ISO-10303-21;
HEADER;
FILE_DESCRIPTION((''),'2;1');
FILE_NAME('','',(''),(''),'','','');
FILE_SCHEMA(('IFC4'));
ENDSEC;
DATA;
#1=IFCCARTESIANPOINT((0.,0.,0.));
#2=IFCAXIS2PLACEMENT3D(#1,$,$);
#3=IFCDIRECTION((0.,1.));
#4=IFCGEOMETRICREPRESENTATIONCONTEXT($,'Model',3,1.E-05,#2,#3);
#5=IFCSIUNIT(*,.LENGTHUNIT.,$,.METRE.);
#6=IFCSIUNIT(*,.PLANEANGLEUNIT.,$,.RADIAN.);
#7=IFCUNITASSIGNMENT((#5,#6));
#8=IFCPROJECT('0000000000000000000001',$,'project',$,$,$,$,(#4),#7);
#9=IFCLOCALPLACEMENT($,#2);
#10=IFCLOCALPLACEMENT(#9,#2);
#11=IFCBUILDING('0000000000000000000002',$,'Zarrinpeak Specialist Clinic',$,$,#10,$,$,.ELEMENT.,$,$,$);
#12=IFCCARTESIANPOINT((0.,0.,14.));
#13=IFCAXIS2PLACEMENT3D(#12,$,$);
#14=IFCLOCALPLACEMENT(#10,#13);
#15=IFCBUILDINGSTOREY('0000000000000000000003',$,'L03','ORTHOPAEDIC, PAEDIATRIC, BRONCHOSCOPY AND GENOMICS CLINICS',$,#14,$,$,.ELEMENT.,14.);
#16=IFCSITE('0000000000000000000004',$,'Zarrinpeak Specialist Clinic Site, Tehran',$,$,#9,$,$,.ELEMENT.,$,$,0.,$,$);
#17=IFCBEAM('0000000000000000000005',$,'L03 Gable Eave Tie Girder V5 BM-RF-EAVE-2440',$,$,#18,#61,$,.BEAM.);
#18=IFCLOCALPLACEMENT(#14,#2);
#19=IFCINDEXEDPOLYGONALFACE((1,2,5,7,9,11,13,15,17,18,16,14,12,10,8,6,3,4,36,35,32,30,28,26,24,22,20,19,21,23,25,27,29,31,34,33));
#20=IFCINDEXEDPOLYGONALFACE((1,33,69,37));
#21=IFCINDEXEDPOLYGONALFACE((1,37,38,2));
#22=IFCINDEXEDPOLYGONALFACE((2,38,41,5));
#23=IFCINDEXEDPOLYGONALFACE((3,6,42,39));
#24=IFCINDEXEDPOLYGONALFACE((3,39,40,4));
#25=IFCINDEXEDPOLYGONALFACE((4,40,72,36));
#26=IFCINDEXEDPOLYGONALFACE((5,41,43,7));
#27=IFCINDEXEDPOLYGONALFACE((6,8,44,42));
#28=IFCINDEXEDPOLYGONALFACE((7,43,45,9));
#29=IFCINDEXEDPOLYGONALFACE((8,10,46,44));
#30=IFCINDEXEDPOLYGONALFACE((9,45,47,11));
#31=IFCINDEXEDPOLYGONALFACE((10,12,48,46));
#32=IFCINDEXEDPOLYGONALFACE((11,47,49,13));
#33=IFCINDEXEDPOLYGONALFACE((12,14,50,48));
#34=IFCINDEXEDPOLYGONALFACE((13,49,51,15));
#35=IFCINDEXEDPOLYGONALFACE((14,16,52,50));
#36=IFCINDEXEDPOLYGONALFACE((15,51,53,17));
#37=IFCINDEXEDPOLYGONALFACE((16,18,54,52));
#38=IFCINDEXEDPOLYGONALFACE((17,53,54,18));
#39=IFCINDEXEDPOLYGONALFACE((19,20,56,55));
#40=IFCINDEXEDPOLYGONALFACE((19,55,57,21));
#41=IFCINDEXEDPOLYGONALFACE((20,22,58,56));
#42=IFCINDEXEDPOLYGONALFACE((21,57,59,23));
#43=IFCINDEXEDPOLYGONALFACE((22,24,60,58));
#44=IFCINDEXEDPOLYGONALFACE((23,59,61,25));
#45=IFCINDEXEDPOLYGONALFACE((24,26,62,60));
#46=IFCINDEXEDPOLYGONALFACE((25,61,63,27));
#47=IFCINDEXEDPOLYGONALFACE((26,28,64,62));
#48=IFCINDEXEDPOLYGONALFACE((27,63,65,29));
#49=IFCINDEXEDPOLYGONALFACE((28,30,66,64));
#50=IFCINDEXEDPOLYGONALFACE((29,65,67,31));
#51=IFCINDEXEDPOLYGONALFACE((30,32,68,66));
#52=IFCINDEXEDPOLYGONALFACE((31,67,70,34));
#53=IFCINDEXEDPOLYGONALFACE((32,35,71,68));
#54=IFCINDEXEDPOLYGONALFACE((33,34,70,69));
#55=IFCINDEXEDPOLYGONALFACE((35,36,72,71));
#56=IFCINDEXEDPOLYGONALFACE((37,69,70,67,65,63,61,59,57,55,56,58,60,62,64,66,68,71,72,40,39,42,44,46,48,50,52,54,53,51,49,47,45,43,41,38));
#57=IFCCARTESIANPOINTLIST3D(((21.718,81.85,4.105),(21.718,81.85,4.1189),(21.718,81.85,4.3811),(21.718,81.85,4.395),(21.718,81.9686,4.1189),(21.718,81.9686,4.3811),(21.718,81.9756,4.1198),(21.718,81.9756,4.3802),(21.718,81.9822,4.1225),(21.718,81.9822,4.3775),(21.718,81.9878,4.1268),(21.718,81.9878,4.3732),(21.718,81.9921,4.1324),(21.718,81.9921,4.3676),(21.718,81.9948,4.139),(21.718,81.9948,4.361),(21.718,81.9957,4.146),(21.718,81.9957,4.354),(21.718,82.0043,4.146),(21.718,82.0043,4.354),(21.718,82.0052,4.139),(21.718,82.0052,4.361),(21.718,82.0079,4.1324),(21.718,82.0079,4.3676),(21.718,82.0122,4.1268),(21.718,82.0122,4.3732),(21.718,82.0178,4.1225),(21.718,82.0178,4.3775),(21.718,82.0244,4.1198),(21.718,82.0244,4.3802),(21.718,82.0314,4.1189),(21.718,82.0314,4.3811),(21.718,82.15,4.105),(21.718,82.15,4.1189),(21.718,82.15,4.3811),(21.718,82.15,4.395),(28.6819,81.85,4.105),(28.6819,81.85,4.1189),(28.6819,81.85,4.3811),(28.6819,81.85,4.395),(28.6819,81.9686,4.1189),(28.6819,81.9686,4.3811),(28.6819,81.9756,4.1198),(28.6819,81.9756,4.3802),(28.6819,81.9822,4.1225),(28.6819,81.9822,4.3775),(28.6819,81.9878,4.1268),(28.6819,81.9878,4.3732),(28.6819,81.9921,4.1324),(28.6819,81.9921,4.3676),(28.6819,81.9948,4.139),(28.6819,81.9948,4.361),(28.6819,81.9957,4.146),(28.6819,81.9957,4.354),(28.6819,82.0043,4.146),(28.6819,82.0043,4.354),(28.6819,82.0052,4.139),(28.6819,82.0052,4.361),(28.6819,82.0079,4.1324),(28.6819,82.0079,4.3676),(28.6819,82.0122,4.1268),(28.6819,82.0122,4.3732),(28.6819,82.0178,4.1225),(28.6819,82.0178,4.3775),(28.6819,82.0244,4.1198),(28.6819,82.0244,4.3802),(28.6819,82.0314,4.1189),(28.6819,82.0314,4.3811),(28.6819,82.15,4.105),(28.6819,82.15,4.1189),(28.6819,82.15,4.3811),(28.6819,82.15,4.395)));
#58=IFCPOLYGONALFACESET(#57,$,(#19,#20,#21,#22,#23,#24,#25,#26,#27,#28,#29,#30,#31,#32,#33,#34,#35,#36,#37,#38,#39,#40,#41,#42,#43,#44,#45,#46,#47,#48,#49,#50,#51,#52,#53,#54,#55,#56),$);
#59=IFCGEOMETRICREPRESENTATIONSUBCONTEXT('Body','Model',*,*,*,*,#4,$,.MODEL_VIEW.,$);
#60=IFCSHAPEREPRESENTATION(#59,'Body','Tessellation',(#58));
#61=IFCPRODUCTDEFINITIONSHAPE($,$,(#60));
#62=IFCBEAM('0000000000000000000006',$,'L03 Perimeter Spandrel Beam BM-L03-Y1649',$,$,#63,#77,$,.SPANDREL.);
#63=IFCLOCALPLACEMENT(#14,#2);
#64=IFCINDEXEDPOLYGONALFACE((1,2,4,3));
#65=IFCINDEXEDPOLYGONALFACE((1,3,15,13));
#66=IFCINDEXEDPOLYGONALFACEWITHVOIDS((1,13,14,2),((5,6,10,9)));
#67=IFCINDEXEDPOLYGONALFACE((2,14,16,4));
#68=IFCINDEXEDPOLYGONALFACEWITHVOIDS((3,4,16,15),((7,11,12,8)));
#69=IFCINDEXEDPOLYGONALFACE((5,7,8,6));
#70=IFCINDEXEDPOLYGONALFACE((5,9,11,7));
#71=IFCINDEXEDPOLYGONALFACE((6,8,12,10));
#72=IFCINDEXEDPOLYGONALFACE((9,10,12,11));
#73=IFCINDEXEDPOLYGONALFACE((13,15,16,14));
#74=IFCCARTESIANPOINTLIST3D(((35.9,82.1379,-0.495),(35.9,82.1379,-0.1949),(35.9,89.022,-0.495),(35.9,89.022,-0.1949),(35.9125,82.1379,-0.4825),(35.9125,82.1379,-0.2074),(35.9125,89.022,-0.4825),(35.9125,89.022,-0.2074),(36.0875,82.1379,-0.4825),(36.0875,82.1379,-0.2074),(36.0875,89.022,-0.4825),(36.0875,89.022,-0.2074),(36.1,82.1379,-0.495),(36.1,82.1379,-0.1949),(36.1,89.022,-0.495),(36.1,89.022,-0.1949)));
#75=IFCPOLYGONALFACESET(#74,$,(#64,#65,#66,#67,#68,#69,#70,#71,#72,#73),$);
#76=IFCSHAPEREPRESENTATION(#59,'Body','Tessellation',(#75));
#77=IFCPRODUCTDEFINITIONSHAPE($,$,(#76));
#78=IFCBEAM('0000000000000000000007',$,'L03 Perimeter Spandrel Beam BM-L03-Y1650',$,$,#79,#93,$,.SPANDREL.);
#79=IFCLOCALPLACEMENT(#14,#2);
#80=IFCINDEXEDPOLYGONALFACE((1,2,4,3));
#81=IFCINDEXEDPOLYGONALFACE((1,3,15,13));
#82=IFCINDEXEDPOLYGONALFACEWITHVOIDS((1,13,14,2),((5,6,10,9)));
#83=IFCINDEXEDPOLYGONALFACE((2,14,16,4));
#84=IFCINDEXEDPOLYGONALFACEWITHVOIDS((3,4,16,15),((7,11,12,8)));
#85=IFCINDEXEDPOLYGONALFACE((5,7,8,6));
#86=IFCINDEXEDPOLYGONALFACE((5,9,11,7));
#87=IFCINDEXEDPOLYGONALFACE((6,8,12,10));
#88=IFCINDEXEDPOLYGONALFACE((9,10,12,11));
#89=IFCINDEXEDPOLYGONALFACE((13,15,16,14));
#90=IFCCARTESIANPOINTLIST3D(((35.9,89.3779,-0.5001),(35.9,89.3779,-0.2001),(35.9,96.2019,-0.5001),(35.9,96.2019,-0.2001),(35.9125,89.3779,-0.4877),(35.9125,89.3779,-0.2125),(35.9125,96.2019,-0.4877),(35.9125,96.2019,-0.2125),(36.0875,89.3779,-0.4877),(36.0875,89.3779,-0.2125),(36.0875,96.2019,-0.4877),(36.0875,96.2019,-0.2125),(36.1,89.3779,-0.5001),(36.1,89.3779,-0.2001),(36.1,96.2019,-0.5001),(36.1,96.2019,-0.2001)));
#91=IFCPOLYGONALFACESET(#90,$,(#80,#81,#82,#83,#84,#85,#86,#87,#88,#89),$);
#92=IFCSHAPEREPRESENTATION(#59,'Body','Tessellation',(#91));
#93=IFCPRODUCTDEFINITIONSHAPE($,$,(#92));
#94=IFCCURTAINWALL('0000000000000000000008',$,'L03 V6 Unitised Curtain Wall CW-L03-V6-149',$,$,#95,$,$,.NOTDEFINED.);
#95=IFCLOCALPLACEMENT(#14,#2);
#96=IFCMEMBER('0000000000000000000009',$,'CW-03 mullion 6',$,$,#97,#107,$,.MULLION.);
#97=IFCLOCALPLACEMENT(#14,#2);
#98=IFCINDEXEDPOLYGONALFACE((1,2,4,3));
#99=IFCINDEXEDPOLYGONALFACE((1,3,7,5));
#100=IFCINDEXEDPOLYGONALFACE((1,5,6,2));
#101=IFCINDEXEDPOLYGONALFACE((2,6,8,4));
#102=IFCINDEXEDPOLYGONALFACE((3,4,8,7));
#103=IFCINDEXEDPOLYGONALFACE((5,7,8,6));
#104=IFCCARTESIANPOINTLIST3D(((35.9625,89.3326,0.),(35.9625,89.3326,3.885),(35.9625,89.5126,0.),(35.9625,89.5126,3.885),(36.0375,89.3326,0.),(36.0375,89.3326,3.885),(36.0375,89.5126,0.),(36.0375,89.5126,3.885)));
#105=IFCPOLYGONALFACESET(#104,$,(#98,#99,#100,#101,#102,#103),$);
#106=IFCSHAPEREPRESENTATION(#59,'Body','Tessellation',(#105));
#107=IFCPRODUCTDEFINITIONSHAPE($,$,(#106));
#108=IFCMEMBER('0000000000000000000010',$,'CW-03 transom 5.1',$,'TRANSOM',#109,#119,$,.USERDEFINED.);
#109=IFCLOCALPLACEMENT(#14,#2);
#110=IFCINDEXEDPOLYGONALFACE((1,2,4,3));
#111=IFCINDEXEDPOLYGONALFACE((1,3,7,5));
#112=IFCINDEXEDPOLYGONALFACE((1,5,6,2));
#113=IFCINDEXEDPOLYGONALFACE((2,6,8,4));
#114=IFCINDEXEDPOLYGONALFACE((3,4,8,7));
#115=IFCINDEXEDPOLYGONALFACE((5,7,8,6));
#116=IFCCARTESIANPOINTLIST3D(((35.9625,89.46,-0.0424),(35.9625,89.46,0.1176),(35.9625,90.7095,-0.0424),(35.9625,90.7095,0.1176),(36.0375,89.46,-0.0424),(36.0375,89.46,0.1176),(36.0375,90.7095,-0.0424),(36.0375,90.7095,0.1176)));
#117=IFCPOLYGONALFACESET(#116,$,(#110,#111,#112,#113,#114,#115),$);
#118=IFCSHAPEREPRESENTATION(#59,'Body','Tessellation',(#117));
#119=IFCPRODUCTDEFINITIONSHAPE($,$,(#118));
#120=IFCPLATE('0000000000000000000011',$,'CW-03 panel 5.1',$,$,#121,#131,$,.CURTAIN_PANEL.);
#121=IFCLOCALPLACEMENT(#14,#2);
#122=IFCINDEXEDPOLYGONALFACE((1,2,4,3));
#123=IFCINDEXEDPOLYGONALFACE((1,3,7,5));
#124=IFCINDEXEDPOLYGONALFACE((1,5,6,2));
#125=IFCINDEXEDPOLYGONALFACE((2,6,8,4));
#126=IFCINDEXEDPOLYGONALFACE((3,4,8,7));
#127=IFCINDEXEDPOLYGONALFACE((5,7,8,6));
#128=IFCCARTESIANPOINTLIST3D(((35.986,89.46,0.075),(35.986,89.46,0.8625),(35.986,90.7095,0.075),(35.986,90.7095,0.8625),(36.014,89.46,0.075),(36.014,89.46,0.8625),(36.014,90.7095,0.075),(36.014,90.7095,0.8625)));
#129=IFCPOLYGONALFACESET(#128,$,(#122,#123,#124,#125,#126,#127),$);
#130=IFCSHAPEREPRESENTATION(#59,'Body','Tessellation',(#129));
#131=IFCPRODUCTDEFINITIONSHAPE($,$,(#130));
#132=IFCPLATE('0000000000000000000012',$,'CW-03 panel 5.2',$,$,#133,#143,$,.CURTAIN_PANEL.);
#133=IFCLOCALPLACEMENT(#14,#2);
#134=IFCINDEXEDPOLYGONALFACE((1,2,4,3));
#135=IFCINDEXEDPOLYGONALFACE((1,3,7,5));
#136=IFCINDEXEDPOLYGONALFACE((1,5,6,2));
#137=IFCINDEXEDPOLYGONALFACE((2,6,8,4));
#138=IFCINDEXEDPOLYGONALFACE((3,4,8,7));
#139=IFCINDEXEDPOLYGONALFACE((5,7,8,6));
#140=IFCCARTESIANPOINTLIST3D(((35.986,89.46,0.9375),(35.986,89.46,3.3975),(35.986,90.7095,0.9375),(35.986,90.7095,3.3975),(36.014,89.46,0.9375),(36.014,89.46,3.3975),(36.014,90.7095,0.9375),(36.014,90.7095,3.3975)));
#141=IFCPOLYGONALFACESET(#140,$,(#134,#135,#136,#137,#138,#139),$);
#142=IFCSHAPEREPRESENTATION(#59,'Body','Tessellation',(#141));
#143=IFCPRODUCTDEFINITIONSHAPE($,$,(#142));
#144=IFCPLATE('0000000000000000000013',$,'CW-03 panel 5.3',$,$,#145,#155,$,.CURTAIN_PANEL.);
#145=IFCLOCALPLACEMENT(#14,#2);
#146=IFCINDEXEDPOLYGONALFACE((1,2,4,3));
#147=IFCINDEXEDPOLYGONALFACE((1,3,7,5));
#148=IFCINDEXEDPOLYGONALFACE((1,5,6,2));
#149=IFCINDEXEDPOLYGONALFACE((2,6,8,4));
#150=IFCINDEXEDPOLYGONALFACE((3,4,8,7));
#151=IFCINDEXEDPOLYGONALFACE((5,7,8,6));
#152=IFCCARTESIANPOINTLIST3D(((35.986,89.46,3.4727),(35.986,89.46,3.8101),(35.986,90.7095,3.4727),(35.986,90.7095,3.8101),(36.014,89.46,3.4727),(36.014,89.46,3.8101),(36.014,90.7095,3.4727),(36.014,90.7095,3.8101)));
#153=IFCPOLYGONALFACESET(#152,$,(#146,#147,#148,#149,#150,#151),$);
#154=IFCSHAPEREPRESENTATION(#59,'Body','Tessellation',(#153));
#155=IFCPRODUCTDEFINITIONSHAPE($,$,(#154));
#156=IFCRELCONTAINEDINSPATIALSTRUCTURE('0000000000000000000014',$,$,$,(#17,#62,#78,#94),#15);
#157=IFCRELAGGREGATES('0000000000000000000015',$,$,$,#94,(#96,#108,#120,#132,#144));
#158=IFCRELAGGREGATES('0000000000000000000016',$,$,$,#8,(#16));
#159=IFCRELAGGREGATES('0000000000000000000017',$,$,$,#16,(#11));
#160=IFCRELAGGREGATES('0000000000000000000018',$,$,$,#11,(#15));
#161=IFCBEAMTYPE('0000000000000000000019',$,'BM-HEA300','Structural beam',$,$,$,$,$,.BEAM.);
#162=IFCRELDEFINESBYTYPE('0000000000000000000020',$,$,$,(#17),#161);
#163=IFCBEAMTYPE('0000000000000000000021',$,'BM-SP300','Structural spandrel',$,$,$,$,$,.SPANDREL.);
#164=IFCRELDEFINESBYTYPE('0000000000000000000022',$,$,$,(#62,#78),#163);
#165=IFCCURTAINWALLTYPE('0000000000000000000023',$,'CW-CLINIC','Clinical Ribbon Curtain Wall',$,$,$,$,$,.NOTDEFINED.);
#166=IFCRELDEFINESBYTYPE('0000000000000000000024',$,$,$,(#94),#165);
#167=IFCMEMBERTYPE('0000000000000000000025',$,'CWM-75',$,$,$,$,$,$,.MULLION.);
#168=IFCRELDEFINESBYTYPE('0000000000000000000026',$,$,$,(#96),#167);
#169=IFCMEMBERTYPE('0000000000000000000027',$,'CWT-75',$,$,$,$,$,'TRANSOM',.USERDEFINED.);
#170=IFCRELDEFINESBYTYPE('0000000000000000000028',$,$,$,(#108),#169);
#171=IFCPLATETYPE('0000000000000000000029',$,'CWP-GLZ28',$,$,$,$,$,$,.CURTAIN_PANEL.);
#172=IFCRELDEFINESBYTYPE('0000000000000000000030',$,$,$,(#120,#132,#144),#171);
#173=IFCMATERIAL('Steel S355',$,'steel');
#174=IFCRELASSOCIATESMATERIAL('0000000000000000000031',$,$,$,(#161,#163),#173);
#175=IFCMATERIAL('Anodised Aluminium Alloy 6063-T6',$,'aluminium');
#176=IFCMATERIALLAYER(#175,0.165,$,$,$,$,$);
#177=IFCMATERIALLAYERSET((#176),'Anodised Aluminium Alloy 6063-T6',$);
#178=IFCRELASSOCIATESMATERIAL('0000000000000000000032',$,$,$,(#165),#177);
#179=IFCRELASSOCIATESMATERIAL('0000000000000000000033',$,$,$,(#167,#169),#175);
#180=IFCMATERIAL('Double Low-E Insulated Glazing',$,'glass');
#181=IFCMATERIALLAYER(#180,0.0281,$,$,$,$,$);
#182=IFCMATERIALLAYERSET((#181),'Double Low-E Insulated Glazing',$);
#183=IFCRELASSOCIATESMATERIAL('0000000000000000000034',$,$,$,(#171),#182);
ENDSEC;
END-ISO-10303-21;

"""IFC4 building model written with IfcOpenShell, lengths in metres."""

from ifc_helpers import new_model, si_unit, direction, frame, origin, origin_2d, place, context, subcontext, project, spatial, rectangle, hollow_rectangle, i_section, extrude, material, layer, layer_set, material_profile, profile_set, type_object, element, aggregate, save


model = new_model("IFC4")

# Units and contexts
model_context = context("Model", 3, precision=1e-05, world=origin(), true_north=direction((0.0, 1.0)))
body_context = subcontext(model_context, "Body", "Model", "MODEL_VIEW")
ifc_project = project(units=[si_unit("LENGTHUNIT", "METRE"), si_unit("PLANEANGLEUNIT", "RADIAN")], contexts=[model_context])

# Site, building, storey
site_placement = place(None, origin())
site = spatial("IfcSite", under=ifc_project, at=site_placement, Name="Zarrinpeak Specialist Clinic Site, Tehran", CompositionType="ELEMENT", RefElevation=0.0)
building_placement = place(site_placement, origin())
building = spatial("IfcBuilding", under=site, at=building_placement, Name="Zarrinpeak Specialist Clinic", CompositionType="ELEMENT")
storey_placement = place(building_placement, frame((0.0, 0.0, 14.0)))
storey = spatial("IfcBuildingStorey", under=building, at=storey_placement, Name="L03", Description="ORTHOPAEDIC, PAEDIATRIC, BRONCHOSCOPY AND GENOMICS CLINICS", CompositionType="ELEMENT", Elevation=14.0)

# Shared definitions
ifc_material_1 = material(Name="Steel S355", Category="steel")

# Beams
ifc_material_profile_1 = material_profile(ifc_material_1, i_section(OverallWidth=0.3, OverallDepth=0.29, WebThickness=0.0085, FlangeThickness=0.0139, FilletRadius=0.0271, at=origin_2d()), Name="HEA 300")
ifc_profile_set_1 = profile_set([ifc_material_profile_1], Name="Steel S355")
beam_type_1 = type_object("IfcBeamType", Name="BM-HEA300", Description="Structural beam", PredefinedType="BEAM", material=ifc_profile_set_1)
for number, where, z_axis, x_axis, name in (
    (1, (21.718, 82.0, 4.25), (1.0, 0.0, 0.0), (0.0, 1.0, 0.0), "L03 Gable Eave Tie Girder V5 BM-RF-EAVE-2440"),
):
    element("IfcBeam", number, at=place(storey_placement, frame(where, z_axis=z_axis, x_axis=x_axis)), inside=storey, type_object=beam_type_1, Name=name, PredefinedType="BEAM", context=body_context, shape_type="SweptSolid", body=[
        extrude(i_section(OverallWidth=0.3, OverallDepth=0.29, WebThickness=0.0085, FlangeThickness=0.0139, FilletRadius=0.0271, at=origin_2d()), origin(), (0.0, 0.0, 1.0), 6.9639),
    ])
ifc_material_profile_2 = material_profile(ifc_material_1, hollow_rectangle(XDim=0.2, YDim=0.3, WallThickness=0.0125, at=origin_2d()), Name="RHS 300x200x12.5")
ifc_profile_set_2 = profile_set([ifc_material_profile_2], Name="Steel S355")
beam_type_2 = type_object("IfcBeamType", Name="BM-SP300", Description="Structural spandrel", PredefinedType="SPANDREL", material=ifc_profile_set_2)
beam_1_placement = place(storey_placement, frame((36.0, 82.1379, -0.345), z_axis=(0.0, 1.0, 0.0), x_axis=(-1.0, 0.0, 0.0)))
element("IfcBeam", 2, at=beam_1_placement, inside=storey, type_object=beam_type_2, Name="L03 Perimeter Spandrel Beam BM-L03-Y1649", PredefinedType="SPANDREL", context=body_context, shape_type="SweptSolid", body=[
    extrude(hollow_rectangle(XDim=0.2, YDim=0.3, WallThickness=0.0125, at=origin_2d()), origin(), (0.0, 0.0, 1.0), 6.884),
])
beam_2_placement = place(storey_placement, frame((36.0, 89.3779, -0.3501), z_axis=(0.0, 1.0, 0.0), x_axis=(-1.0, 0.0, 0.0)))
element("IfcBeam", 3, at=beam_2_placement, inside=storey, type_object=beam_type_2, Name="L03 Perimeter Spandrel Beam BM-L03-Y1650", PredefinedType="SPANDREL", context=body_context, shape_type="SweptSolid", body=[
    extrude(hollow_rectangle(XDim=0.2, YDim=0.3, WallThickness=0.0125, at=origin_2d()), origin(), (0.0, 0.0, 1.0), 6.824),
])

# Curtain wall, members, plates
ifc_material_2 = material(Name="Anodised Aluminium Alloy 6063-T6", Category="aluminium")
ifc_layer_1 = layer(ifc_material_2, 0.165)
ifc_layer_set_1 = layer_set([ifc_layer_1], Name="Anodised Aluminium Alloy 6063-T6")
curtain_wall_type = type_object("IfcCurtainWallType", Name="CW-CLINIC", Description="Clinical Ribbon Curtain Wall", PredefinedType="NOTDEFINED", material=ifc_layer_set_1)
curtain_wall_placement = place(storey_placement, origin())
curtain_wall = element("IfcCurtainWall", 4, at=curtain_wall_placement, inside=storey, type_object=curtain_wall_type, Name="L03 V6 Unitised Curtain Wall CW-L03-V6-149", PredefinedType="NOTDEFINED")
ifc_material_profile_3 = material_profile(ifc_material_2, rectangle(XDim=0.075, YDim=0.1799, at=origin_2d()), Name="ALU 75x180")
ifc_profile_set_3 = profile_set([ifc_material_profile_3], Name="Anodised Aluminium Alloy 6063-T6")
member_type_1 = type_object("IfcMemberType", Name="CWM-75", PredefinedType="MULLION", material=ifc_profile_set_3)
member_1_placement = place(storey_placement, frame((36.0, 89.4226, 0.0), z_axis=(0.0, 0.0, 1.0), x_axis=(1.0, 0.0, 0.0)))
member_1 = element("IfcMember", 5, at=member_1_placement, type_object=member_type_1, Name="CW-03 mullion 6", PredefinedType="MULLION", context=body_context, shape_type="SweptSolid", body=[
    extrude(rectangle(XDim=0.075, YDim=0.1799, at=origin_2d()), origin(), (0.0, 0.0, 1.0), 3.885),
])
ifc_material_profile_4 = material_profile(ifc_material_2, rectangle(XDim=0.075, YDim=0.1599, at=origin_2d()), Name="ALU 75x160")
ifc_profile_set_4 = profile_set([ifc_material_profile_4], Name="Anodised Aluminium Alloy 6063-T6")
member_type_2 = type_object("IfcMemberType", Name="CWT-75", ElementType="TRANSOM", PredefinedType="USERDEFINED", material=ifc_profile_set_4)
member_2_placement = place(storey_placement, frame((36.0, 90.7095, 0.0376), z_axis=(0.0, -1.0, 0.0), x_axis=(1.0, 0.0, 0.0)))
member_2 = element("IfcMember", 6, at=member_2_placement, type_object=member_type_2, Name="CW-03 transom 5.1", ObjectType="TRANSOM", PredefinedType="USERDEFINED", context=body_context, shape_type="SweptSolid", body=[
    extrude(rectangle(XDim=0.075, YDim=0.1599, at=origin_2d()), origin(), (0.0, 0.0, 1.0), 1.2495),
])
ifc_material_3 = material(Name="Double Low-E Insulated Glazing", Category="glass")
ifc_layer_2 = layer(ifc_material_3, 0.0281)
ifc_layer_set_2 = layer_set([ifc_layer_2], Name="Double Low-E Insulated Glazing")
plate_type = type_object("IfcPlateType", Name="CWP-GLZ28", PredefinedType="CURTAIN_PANEL", material=ifc_layer_set_2)
plate_1_placement = place(storey_placement, frame((36.0, 90.0847, 0.075), z_axis=(0.0, 0.0, 1.0), x_axis=(0.0, -1.0, 0.0)))
plate_1 = element("IfcPlate", 7, at=plate_1_placement, type_object=plate_type, Name="CW-03 panel 5.1", PredefinedType="CURTAIN_PANEL", context=body_context, shape_type="SweptSolid", body=[
    extrude(rectangle(XDim=1.2495, YDim=0.0281, at=origin_2d()), origin(), (0.0, 0.0, 1.0), 0.7876),
])
plate_2_placement = place(storey_placement, frame((36.0, 90.0847, 0.9375), z_axis=(0.0, 0.0, 1.0), x_axis=(0.0, -1.0, 0.0)))
plate_2 = element("IfcPlate", 8, at=plate_2_placement, type_object=plate_type, Name="CW-03 panel 5.2", PredefinedType="CURTAIN_PANEL", context=body_context, shape_type="SweptSolid", body=[
    extrude(rectangle(XDim=1.2495, YDim=0.0281, at=origin_2d()), origin(), (0.0, 0.0, 1.0), 2.46),
])
plate_3_placement = place(storey_placement, frame((36.0, 90.0847, 3.4727), z_axis=(0.0, 0.0, 1.0), x_axis=(0.0, -1.0, 0.0)))
plate_3 = element("IfcPlate", 9, at=plate_3_placement, type_object=plate_type, Name="CW-03 panel 5.3", PredefinedType="CURTAIN_PANEL", context=body_context, shape_type="SweptSolid", body=[
    extrude(rectangle(XDim=1.2495, YDim=0.0281, at=origin_2d()), origin(), (0.0, 0.0, 1.0), 0.3374),
])
aggregate(curtain_wall, [member_1, member_2, plate_1, plate_2, plate_3])

save(model, "model.ifc")
